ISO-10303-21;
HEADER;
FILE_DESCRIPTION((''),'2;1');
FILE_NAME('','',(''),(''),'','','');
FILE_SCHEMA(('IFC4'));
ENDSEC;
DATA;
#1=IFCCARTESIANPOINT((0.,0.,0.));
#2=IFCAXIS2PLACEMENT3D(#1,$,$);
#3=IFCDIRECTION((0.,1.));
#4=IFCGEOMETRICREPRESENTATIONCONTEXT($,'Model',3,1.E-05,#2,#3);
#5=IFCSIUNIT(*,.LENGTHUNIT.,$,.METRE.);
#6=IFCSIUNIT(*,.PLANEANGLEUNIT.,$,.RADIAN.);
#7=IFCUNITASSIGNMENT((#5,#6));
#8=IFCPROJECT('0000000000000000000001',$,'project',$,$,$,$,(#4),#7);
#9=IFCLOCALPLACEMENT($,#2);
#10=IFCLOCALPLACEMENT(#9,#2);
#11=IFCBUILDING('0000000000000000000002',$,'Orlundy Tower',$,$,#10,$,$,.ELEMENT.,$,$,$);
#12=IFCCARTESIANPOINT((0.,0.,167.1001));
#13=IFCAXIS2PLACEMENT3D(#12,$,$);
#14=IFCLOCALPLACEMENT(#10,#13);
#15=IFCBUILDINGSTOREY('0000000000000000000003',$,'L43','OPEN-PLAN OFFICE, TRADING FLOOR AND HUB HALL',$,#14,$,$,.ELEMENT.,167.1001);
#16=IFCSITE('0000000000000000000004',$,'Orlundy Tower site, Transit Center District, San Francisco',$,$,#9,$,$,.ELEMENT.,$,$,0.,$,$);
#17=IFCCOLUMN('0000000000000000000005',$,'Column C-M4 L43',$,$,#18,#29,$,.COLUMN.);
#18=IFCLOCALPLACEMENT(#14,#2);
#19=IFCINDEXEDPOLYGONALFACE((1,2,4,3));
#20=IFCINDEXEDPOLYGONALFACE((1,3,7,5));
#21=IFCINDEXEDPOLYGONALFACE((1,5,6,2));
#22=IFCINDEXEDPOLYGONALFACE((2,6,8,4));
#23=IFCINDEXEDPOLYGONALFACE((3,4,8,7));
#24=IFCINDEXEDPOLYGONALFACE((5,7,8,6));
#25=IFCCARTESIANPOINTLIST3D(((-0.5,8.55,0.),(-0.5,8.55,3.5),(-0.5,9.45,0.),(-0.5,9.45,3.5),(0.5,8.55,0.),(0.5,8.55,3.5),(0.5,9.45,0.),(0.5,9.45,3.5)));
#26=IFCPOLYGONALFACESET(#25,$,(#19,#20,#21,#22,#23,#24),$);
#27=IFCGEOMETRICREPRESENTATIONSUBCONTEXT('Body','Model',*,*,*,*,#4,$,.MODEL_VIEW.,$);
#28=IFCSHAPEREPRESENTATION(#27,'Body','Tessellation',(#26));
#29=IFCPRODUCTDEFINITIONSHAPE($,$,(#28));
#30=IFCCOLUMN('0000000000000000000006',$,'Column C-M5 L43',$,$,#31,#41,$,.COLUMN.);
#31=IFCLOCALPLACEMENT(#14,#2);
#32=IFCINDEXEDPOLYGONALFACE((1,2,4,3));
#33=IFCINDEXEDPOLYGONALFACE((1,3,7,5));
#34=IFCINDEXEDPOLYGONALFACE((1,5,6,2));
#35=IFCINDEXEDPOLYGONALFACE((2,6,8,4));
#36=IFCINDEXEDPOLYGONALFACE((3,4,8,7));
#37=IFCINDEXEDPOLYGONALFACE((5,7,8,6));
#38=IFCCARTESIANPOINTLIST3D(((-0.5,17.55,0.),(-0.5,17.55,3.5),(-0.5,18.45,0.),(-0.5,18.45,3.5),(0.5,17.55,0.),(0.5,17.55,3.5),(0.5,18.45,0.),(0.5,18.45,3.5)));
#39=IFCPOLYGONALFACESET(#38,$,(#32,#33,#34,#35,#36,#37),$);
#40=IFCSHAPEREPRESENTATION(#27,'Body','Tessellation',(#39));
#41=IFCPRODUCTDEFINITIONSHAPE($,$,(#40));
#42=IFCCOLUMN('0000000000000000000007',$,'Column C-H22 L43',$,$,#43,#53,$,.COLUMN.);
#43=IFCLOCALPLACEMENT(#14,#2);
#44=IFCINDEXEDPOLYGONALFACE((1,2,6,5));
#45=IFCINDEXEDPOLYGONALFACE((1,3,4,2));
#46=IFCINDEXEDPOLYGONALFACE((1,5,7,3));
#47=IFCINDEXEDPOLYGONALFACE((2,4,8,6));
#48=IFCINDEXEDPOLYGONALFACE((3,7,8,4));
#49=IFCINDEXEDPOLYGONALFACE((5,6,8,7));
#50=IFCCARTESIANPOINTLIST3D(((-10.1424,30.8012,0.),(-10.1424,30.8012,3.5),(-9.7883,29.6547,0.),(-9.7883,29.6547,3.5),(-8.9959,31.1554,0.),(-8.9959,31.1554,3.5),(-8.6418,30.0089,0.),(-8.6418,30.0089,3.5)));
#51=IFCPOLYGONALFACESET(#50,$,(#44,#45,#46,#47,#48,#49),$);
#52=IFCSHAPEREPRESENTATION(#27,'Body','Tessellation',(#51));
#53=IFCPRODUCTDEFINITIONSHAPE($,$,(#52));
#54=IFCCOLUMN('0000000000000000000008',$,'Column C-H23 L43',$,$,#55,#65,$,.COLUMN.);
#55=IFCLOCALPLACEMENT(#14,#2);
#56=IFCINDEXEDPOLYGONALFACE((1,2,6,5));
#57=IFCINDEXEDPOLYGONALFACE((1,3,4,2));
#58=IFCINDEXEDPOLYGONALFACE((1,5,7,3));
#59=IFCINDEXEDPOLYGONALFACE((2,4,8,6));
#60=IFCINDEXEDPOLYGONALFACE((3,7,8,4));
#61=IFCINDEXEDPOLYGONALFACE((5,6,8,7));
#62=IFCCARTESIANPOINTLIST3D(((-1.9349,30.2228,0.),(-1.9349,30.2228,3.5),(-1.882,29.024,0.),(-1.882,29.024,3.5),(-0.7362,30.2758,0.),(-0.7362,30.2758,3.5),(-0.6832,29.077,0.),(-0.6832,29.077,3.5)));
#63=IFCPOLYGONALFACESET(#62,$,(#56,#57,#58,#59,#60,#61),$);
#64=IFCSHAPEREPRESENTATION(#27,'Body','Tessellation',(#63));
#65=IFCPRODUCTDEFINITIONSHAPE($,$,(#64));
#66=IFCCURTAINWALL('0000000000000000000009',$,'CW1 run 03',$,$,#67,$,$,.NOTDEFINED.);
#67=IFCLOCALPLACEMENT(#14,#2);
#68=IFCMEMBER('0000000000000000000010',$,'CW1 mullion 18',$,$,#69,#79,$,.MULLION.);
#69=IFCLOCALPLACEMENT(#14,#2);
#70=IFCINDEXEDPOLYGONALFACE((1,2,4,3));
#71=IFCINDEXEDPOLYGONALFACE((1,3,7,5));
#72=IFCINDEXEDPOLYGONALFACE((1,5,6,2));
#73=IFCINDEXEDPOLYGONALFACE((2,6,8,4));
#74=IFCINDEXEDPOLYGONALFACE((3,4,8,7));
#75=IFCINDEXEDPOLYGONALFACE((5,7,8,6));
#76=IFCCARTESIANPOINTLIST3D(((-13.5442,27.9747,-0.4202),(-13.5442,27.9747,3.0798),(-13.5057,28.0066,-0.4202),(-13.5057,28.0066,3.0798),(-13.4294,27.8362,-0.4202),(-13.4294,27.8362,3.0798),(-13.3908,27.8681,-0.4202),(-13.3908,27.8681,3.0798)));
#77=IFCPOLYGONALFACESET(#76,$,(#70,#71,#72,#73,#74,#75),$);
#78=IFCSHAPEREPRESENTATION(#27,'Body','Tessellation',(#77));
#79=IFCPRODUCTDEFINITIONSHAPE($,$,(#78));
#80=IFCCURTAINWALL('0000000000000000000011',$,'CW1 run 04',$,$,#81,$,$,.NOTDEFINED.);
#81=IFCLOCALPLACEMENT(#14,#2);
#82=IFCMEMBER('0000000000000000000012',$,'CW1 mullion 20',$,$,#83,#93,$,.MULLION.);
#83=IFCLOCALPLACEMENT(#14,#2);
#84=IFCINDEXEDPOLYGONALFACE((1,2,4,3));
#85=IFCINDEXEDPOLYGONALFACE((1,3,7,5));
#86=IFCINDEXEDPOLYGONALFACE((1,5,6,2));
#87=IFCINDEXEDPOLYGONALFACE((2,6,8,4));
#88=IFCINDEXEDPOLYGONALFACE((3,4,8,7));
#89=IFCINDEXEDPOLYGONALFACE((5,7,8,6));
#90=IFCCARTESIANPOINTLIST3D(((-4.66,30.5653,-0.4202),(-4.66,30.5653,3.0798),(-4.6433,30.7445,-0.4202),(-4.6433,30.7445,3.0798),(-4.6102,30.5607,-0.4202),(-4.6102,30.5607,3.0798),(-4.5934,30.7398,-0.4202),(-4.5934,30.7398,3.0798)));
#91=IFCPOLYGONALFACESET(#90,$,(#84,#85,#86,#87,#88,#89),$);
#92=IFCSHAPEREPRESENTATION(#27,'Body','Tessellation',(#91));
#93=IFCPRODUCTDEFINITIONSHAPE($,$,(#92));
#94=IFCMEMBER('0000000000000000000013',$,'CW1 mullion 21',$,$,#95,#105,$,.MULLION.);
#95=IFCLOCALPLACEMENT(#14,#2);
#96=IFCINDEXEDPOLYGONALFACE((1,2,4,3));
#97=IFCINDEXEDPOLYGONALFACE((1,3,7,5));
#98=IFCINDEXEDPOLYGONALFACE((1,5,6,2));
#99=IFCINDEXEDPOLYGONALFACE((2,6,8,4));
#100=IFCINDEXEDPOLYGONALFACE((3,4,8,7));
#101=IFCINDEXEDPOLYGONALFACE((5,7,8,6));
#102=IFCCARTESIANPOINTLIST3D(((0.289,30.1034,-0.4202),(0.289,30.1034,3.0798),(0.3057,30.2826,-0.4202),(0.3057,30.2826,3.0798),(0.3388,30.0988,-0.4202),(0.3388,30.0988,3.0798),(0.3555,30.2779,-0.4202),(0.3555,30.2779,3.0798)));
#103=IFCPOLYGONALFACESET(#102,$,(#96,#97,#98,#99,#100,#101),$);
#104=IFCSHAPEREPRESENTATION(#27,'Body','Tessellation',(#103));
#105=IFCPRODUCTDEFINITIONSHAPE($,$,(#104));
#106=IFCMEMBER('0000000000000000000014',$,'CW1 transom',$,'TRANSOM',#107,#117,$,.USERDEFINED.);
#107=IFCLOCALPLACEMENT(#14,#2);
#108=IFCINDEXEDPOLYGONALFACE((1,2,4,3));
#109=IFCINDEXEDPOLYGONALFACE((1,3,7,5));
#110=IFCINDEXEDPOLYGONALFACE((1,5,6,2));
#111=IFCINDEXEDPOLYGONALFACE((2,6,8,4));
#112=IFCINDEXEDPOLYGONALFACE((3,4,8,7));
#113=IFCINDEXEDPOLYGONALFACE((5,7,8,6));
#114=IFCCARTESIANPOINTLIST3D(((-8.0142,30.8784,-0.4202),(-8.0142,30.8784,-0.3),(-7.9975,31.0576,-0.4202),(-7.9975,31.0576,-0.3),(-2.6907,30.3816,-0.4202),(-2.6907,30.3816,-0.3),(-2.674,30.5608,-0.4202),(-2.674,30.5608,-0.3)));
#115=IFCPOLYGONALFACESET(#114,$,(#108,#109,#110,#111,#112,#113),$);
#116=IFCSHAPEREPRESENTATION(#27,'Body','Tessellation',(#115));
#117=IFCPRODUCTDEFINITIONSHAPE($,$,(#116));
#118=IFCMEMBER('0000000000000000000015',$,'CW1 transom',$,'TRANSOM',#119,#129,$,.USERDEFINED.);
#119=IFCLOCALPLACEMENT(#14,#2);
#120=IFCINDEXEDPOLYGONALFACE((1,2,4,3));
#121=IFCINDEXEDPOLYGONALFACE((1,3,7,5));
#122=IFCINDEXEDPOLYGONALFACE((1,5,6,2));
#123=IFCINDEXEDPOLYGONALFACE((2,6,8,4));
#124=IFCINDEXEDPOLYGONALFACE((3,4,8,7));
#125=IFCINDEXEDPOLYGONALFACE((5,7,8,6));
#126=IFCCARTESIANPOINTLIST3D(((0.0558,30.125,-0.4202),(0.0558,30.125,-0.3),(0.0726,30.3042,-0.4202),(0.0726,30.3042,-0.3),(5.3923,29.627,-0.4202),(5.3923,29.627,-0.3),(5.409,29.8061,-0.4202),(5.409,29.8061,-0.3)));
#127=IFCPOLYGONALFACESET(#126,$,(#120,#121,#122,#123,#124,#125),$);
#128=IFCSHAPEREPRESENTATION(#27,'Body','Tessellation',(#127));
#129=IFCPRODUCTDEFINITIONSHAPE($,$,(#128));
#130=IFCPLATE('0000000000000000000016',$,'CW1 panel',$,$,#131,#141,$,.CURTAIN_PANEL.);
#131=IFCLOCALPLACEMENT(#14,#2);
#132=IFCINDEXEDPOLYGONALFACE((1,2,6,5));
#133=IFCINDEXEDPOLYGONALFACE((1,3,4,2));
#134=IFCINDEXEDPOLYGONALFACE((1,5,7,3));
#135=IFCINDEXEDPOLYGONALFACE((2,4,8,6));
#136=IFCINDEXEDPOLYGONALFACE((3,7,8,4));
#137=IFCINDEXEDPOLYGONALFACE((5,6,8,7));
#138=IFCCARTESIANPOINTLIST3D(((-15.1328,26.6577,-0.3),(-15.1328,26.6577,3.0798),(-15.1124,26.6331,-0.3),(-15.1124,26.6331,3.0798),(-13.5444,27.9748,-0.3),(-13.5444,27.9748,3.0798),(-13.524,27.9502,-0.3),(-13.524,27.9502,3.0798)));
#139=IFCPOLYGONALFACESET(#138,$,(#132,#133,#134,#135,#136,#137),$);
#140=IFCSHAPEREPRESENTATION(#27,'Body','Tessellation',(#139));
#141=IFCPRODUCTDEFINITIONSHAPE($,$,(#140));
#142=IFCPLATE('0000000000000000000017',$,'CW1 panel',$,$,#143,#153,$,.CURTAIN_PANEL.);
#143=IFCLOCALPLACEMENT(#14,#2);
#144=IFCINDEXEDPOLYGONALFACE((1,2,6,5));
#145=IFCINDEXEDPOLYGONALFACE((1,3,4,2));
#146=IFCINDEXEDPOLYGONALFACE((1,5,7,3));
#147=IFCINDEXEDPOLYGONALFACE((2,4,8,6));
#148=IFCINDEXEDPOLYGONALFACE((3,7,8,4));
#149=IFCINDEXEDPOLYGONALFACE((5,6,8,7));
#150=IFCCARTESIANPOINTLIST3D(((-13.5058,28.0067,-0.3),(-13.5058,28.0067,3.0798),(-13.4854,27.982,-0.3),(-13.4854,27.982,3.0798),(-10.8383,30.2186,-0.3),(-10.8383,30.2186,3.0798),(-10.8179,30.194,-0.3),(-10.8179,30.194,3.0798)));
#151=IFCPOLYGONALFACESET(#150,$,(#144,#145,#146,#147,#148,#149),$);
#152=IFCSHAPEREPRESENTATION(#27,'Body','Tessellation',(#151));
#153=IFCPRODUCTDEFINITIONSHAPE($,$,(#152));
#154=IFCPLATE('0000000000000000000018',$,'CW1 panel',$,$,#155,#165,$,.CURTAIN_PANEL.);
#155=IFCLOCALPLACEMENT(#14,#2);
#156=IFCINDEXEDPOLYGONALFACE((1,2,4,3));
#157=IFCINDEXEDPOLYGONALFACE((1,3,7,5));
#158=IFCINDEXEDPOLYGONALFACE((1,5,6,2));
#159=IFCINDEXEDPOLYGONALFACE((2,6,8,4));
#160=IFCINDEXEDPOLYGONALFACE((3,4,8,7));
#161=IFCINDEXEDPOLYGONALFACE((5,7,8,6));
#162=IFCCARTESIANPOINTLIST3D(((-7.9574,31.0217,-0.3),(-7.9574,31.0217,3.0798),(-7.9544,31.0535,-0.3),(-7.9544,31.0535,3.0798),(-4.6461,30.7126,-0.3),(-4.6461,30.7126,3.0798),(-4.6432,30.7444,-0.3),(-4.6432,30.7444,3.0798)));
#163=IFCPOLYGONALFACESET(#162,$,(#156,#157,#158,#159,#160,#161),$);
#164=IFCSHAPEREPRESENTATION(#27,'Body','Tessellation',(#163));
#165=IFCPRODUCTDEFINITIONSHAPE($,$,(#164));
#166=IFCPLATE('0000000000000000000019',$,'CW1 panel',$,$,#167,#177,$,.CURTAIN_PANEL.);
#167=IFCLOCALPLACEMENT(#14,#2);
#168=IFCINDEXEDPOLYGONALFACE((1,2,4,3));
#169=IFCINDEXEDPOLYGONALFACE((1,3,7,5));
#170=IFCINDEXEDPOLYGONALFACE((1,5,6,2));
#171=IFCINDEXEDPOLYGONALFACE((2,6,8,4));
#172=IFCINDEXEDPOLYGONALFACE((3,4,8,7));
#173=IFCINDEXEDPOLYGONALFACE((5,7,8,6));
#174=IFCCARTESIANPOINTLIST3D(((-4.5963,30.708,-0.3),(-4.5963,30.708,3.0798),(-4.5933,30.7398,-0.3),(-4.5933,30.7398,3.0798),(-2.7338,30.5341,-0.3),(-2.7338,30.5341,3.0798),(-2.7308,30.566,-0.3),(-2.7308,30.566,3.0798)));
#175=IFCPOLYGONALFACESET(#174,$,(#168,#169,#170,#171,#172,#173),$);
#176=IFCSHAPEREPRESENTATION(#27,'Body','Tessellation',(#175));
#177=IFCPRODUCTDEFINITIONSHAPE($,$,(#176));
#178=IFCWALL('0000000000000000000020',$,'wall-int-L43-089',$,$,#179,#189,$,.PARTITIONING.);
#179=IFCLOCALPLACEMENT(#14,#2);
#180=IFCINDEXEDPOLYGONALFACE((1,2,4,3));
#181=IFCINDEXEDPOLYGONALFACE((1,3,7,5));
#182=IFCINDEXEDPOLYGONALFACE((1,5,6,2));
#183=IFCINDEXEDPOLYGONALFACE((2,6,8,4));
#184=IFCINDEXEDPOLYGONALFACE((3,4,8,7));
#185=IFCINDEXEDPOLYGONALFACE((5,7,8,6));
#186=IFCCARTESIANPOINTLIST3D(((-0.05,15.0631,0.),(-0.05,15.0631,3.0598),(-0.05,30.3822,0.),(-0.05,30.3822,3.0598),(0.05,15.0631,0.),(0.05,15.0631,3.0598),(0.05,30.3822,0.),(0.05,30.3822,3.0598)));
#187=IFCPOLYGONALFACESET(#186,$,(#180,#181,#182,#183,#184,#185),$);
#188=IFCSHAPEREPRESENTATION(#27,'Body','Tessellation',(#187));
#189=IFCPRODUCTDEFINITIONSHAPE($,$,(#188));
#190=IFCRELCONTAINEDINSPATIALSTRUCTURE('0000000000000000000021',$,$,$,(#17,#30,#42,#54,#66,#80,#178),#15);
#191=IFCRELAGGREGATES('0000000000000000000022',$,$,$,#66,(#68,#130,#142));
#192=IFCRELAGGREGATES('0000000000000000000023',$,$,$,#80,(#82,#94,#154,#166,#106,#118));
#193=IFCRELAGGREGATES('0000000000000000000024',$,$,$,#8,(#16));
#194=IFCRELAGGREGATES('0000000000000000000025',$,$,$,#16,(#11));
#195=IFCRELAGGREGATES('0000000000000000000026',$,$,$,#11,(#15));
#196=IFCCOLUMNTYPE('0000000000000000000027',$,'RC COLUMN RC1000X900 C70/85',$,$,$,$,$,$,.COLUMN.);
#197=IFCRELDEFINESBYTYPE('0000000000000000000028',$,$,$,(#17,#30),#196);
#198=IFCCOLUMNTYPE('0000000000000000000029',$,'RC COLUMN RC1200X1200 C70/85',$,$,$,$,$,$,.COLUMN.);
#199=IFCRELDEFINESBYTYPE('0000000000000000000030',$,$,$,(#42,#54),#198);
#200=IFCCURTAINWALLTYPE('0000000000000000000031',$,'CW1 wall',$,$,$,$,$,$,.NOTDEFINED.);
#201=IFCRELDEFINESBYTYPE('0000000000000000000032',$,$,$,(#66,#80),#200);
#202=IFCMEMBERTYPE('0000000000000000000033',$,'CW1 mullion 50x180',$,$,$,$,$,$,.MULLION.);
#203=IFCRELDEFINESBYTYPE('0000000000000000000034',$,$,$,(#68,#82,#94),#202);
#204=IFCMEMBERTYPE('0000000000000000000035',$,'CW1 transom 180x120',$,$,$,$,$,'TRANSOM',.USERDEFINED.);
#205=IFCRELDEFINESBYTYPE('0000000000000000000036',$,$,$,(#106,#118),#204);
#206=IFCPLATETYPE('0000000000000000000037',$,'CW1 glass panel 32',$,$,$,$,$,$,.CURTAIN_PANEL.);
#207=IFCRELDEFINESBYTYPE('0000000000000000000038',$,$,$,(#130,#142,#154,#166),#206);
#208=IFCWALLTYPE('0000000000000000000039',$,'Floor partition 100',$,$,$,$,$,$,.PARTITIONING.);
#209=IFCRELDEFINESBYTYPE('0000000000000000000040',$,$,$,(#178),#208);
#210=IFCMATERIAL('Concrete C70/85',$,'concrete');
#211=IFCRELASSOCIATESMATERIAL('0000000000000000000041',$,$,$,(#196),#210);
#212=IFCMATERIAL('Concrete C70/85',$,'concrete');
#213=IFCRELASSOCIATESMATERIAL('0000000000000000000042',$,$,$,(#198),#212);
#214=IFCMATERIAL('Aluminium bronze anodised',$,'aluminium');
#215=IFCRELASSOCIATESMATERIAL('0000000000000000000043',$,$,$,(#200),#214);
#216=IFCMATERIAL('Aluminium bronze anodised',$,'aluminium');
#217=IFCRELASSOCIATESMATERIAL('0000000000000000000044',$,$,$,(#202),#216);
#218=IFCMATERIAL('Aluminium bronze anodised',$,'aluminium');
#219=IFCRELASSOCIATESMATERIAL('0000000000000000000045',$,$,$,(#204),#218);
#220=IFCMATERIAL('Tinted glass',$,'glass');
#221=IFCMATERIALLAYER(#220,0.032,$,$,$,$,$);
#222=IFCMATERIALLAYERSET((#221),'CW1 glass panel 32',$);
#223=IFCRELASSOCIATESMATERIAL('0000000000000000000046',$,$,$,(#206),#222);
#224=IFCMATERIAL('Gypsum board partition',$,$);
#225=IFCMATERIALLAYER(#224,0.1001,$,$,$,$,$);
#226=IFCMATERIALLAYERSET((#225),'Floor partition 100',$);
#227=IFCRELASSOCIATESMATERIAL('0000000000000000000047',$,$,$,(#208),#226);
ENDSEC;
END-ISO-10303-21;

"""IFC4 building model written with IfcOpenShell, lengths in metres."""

from ifc_helpers import new_model, si_unit, direction, frame, frame_2d, origin, origin_2d, place, context, subcontext, project, spatial, rectangle, extrude, material, layer, layer_set, material_profile, profile_set, type_object, element, aggregate, save


model = new_model("IFC4")

# Units and contexts
model_context = context("Model", 3, precision=1e-05, world=origin(), true_north=direction((0.0, 1.0)))
body_context = subcontext(model_context, "Body", "Model", "MODEL_VIEW")
ifc_project = project(units=[si_unit("LENGTHUNIT", "METRE"), si_unit("PLANEANGLEUNIT", "RADIAN")], contexts=[model_context])

# Site, building, storey
site_placement = place(None, origin())
site = spatial("IfcSite", under=ifc_project, at=site_placement, Name="Orlundy Tower site, Transit Center District, San Francisco", CompositionType="ELEMENT", RefElevation=0.0)
building_placement = place(site_placement, origin())
building = spatial("IfcBuilding", under=site, at=building_placement, Name="Orlundy Tower", CompositionType="ELEMENT")
storey_placement = place(building_placement, frame((0.0, 0.0, 167.1001)))
storey = spatial("IfcBuildingStorey", under=building, at=storey_placement, Name="L43", Description="OPEN-PLAN OFFICE, TRADING FLOOR AND HUB HALL", CompositionType="ELEMENT", Elevation=167.1001)

# Columns
ifc_material_1 = material(Name="Concrete C70/85", Category="concrete")
ifc_material_profile_1 = material_profile(ifc_material_1, rectangle(XDim=1.0, YDim=0.8999, at=origin_2d()), Name="RC1000X900")
ifc_profile_set_1 = profile_set([ifc_material_profile_1], Name="Concrete C70/85")
column_type_1 = type_object("IfcColumnType", Name="RC COLUMN RC1000X900 C70/85", PredefinedType="COLUMN", material=ifc_profile_set_1)
for number, where, z_axis, x_axis, name in (
    (1, (0.0, 9.0, 0.0), (0.0, 0.0, 1.0), (1.0, 0.0, 0.0), "Column C-M4 L43"),
    (2, (0.0, 18.0, 0.0), (0.0, 0.0, 1.0), (1.0, 0.0, 0.0), "Column C-M5 L43"),
):
    element("IfcColumn", number, at=place(storey_placement, frame(where, z_axis=z_axis, x_axis=x_axis)), inside=storey, type_object=column_type_1, Name=name, PredefinedType="COLUMN", context=body_context, shape_type="SweptSolid", body=[
        extrude(rectangle(XDim=1.0, YDim=0.8999, at=origin_2d()), origin(), (0.0, 0.0, 1.0), 3.5),
    ])
ifc_material_2 = material(Name="Concrete C70/85", Category="concrete")
ifc_material_profile_2 = material_profile(ifc_material_2, rectangle(XDim=1.2, YDim=1.2, at=origin_2d()), Name="RC1200X1200")
ifc_profile_set_2 = profile_set([ifc_material_profile_2], Name="Concrete C70/85")
column_type_2 = type_object("IfcColumnType", Name="RC COLUMN RC1200X1200 C70/85", PredefinedType="COLUMN", material=ifc_profile_set_2)
for number, where, z_axis, x_axis, name in (
    (3, (-9.3921, 30.405, 0.0), (0.0, 0.0, 1.0), (-0.295141, 0.955454, 0.0), "Column C-H22 L43"),
    (4, (-1.3091, 29.6499, 0.0), (0.0, 0.0, 1.0), (-0.044108, 0.999027, 0.0), "Column C-H23 L43"),
):
    element("IfcColumn", number, at=place(storey_placement, frame(where, z_axis=z_axis, x_axis=x_axis)), inside=storey, type_object=column_type_2, Name=name, PredefinedType="COLUMN", context=body_context, shape_type="SweptSolid", body=[
        extrude(rectangle(XDim=1.2, YDim=1.2, at=origin_2d()), origin(), (0.0, 0.0, 1.0), 3.5),
    ])

# Curtain wall, member
ifc_material_3 = material(Name="Aluminium bronze anodised", Category="aluminium")
curtain_wall_type = type_object("IfcCurtainWallType", Name="CW1 wall", PredefinedType="NOTDEFINED", material=ifc_material_3)
curtain_wall_1_placement = place(storey_placement, origin())
curtain_wall_1 = element("IfcCurtainWall", 5, at=curtain_wall_1_placement, inside=storey, type_object=curtain_wall_type, Name="CW1 run 03", PredefinedType="NOTDEFINED")
ifc_material_4 = material(Name="Aluminium bronze anodised", Category="aluminium")
ifc_material_profile_3 = material_profile(ifc_material_4, rectangle(XDim=0.1799, YDim=0.05, at=origin_2d()), Name="CW1 mullion 50x180")
ifc_profile_set_3 = profile_set([ifc_material_profile_3], Name="Aluminium bronze anodised")
member_type_1 = type_object("IfcMemberType", Name="CW1 mullion 50x180", PredefinedType="MULLION", material=ifc_profile_set_3)
member_1_placement = place(storey_placement, frame((-13.4675, 27.9214, -0.4202), z_axis=(0.0, 0.0, 1.0), x_axis=(-0.638318, 0.769772, 0.0)))
member_1 = element("IfcMember", 6, at=member_1_placement, type_object=member_type_1, Name="CW1 mullion 18", PredefinedType="MULLION", context=body_context, shape_type="SweptSolid", body=[
    extrude(rectangle(XDim=0.1799, YDim=0.05, at=origin_2d()), origin(), (0.0, 0.0, 1.0), 3.5),
])

# Curtain wall, members
curtain_wall_2_placement = place(storey_placement, origin())
curtain_wall_2 = element("IfcCurtainWall", 7, at=curtain_wall_2_placement, inside=storey, type_object=curtain_wall_type, Name="CW1 run 04", PredefinedType="NOTDEFINED")
member_2_placement = place(storey_placement, frame((-4.6267, 30.6526, -0.4202), z_axis=(0.0, 0.0, 1.0), x_axis=(0.092948, 0.995671, 0.0)))
member_2 = element("IfcMember", 8, at=member_2_placement, type_object=member_type_1, Name="CW1 mullion 20", PredefinedType="MULLION", context=body_context, shape_type="SweptSolid", body=[
    extrude(rectangle(XDim=0.1799, YDim=0.05, at=origin_2d()), origin(), (0.0, 0.0, 1.0), 3.5),
])
member_3_placement = place(storey_placement, frame((0.3223, 30.1907, -0.4202), z_axis=(0.0, 0.0, 1.0), x_axis=(0.092948, 0.995671, 0.0)))
member_3 = element("IfcMember", 9, at=member_3_placement, type_object=member_type_1, Name="CW1 mullion 21", PredefinedType="MULLION", context=body_context, shape_type="SweptSolid", body=[
    extrude(rectangle(XDim=0.1799, YDim=0.05, at=origin_2d()), origin(), (0.0, 0.0, 1.0), 3.5),
])
ifc_material_5 = material(Name="Aluminium bronze anodised", Category="aluminium")
ifc_material_profile_4 = material_profile(ifc_material_5, rectangle(XDim=0.1799, YDim=0.1201, at=origin_2d()), Name="CW1 transom 180x120")
ifc_profile_set_4 = profile_set([ifc_material_profile_4], Name="Aluminium bronze anodised")
member_type_2 = type_object("IfcMemberType", Name="CW1 transom 180x120", ElementType="TRANSOM", PredefinedType="USERDEFINED", material=ifc_profile_set_4)
member_4_placement = place(storey_placement, frame((-8.0059, 30.968, -0.3601), z_axis=(0.995673, -0.092923, 0.0), x_axis=(0.092923, 0.995673, 0.0)))
member_4 = element("IfcMember", 10, at=member_4_placement, type_object=member_type_2, Name="CW1 transom", ObjectType="TRANSOM", PredefinedType="USERDEFINED", context=body_context, shape_type="SweptSolid", body=[
    extrude(rectangle(XDim=0.1799, YDim=0.1201, at=origin_2d()), origin(), (0.0, 0.0, 1.0), 5.3467),
])
member_5_placement = place(storey_placement, frame((0.0642, 30.2146, -0.3601), z_axis=(0.995673, -0.092926, 0.0), x_axis=(0.092926, 0.995673, 0.0)))
member_5 = element("IfcMember", 11, at=member_5_placement, type_object=member_type_2, Name="CW1 transom", ObjectType="TRANSOM", PredefinedType="USERDEFINED", context=body_context, shape_type="SweptSolid", body=[
    extrude(rectangle(XDim=0.1799, YDim=0.1201, at=origin_2d()), origin(), (0.0, 0.0, 1.0), 5.3596),
])

# Plates
ifc_material_6 = material(Name="Tinted glass", Category="glass")
ifc_layer_1 = layer(ifc_material_6, 0.032)
ifc_layer_set_1 = layer_set([ifc_layer_1], Name="CW1 glass panel 32")
plate_type = type_object("IfcPlateType", Name="CW1 glass panel 32", PredefinedType="CURTAIN_PANEL", material=ifc_layer_set_1)
plate_1_placement = place(storey_placement, frame((-14.3284, 27.304, -0.3), z_axis=(0.0, 0.0, 1.0), x_axis=(0.769772, 0.638318, 0.0)))
plate_1 = element("IfcPlate", 12, at=plate_1_placement, type_object=plate_type, Name="CW1 panel", PredefinedType="CURTAIN_PANEL", context=body_context, shape_type="SweptSolid", body=[
    extrude(rectangle(XDim=2.0635, YDim=0.032, at=origin_2d()), origin(), (0.0, 0.0, 1.0), 3.3799),
])
plate_2_placement = place(storey_placement, frame((-12.1619, 29.1003, -0.3), z_axis=(0.0, 0.0, 1.0), x_axis=(0.769772, 0.638318, 0.0)))
plate_2 = element("IfcPlate", 13, at=plate_2_placement, type_object=plate_type, Name="CW1 panel", PredefinedType="CURTAIN_PANEL", context=body_context, shape_type="SweptSolid", body=[
    extrude(rectangle(XDim=3.4653, YDim=0.032, at=origin_2d()), origin(), (0.0, 0.0, 1.0), 3.3799),
])
aggregate(curtain_wall_1, [member_1, plate_1, plate_2])
plate_3_placement = place(storey_placement, frame((-6.3003, 30.8831, -0.3), z_axis=(0.0, 0.0, 1.0), x_axis=(0.995671, -0.092948, 0.0)))
plate_3 = element("IfcPlate", 14, at=plate_3_placement, type_object=plate_type, Name="CW1 panel", PredefinedType="CURTAIN_PANEL", context=body_context, shape_type="SweptSolid", body=[
    extrude(rectangle(XDim=3.3257, YDim=0.032, at=origin_2d()), origin(), (0.0, 0.0, 1.0), 3.3799),
])
plate_4_placement = place(storey_placement, frame((-3.6636, 30.637, -0.3), z_axis=(0.0, 0.0, 1.0), x_axis=(0.995671, -0.092948, 0.0)))
plate_4 = element("IfcPlate", 15, at=plate_4_placement, type_object=plate_type, Name="CW1 panel", PredefinedType="CURTAIN_PANEL", context=body_context, shape_type="SweptSolid", body=[
    extrude(rectangle(XDim=1.8706, YDim=0.032, at=origin_2d()), origin(), (0.0, 0.0, 1.0), 3.3799),
])
aggregate(curtain_wall_2, [member_2, member_3, plate_3, plate_4, member_4, member_5])

# Wall
ifc_material_7 = material(Name="Gypsum board partition")
ifc_layer_2 = layer(ifc_material_7, 0.1001)
ifc_layer_set_2 = layer_set([ifc_layer_2], Name="Floor partition 100")
wall_type_1 = type_object("IfcWallType", Name="Floor partition 100", PredefinedType="PARTITIONING", material=ifc_layer_set_2)
wall_1_placement = place(storey_placement, frame((0.0, 15.063, 0.0), z_axis=(0.0, 0.0, 1.0), x_axis=(0.0, 1.0, 0.0)))
element("IfcWall", 16, at=wall_1_placement, inside=storey, type_object=wall_type_1, Name="wall-int-L43-089", PredefinedType="PARTITIONING", context=body_context, shape_type="SweptSolid", body=[
    extrude(rectangle(XDim=15.3191, YDim=0.1001, at=frame_2d((7.6597, 0.0))), origin(), (0.0, 0.0, 1.0), 3.0598),
])

save(model, "model.ifc")
